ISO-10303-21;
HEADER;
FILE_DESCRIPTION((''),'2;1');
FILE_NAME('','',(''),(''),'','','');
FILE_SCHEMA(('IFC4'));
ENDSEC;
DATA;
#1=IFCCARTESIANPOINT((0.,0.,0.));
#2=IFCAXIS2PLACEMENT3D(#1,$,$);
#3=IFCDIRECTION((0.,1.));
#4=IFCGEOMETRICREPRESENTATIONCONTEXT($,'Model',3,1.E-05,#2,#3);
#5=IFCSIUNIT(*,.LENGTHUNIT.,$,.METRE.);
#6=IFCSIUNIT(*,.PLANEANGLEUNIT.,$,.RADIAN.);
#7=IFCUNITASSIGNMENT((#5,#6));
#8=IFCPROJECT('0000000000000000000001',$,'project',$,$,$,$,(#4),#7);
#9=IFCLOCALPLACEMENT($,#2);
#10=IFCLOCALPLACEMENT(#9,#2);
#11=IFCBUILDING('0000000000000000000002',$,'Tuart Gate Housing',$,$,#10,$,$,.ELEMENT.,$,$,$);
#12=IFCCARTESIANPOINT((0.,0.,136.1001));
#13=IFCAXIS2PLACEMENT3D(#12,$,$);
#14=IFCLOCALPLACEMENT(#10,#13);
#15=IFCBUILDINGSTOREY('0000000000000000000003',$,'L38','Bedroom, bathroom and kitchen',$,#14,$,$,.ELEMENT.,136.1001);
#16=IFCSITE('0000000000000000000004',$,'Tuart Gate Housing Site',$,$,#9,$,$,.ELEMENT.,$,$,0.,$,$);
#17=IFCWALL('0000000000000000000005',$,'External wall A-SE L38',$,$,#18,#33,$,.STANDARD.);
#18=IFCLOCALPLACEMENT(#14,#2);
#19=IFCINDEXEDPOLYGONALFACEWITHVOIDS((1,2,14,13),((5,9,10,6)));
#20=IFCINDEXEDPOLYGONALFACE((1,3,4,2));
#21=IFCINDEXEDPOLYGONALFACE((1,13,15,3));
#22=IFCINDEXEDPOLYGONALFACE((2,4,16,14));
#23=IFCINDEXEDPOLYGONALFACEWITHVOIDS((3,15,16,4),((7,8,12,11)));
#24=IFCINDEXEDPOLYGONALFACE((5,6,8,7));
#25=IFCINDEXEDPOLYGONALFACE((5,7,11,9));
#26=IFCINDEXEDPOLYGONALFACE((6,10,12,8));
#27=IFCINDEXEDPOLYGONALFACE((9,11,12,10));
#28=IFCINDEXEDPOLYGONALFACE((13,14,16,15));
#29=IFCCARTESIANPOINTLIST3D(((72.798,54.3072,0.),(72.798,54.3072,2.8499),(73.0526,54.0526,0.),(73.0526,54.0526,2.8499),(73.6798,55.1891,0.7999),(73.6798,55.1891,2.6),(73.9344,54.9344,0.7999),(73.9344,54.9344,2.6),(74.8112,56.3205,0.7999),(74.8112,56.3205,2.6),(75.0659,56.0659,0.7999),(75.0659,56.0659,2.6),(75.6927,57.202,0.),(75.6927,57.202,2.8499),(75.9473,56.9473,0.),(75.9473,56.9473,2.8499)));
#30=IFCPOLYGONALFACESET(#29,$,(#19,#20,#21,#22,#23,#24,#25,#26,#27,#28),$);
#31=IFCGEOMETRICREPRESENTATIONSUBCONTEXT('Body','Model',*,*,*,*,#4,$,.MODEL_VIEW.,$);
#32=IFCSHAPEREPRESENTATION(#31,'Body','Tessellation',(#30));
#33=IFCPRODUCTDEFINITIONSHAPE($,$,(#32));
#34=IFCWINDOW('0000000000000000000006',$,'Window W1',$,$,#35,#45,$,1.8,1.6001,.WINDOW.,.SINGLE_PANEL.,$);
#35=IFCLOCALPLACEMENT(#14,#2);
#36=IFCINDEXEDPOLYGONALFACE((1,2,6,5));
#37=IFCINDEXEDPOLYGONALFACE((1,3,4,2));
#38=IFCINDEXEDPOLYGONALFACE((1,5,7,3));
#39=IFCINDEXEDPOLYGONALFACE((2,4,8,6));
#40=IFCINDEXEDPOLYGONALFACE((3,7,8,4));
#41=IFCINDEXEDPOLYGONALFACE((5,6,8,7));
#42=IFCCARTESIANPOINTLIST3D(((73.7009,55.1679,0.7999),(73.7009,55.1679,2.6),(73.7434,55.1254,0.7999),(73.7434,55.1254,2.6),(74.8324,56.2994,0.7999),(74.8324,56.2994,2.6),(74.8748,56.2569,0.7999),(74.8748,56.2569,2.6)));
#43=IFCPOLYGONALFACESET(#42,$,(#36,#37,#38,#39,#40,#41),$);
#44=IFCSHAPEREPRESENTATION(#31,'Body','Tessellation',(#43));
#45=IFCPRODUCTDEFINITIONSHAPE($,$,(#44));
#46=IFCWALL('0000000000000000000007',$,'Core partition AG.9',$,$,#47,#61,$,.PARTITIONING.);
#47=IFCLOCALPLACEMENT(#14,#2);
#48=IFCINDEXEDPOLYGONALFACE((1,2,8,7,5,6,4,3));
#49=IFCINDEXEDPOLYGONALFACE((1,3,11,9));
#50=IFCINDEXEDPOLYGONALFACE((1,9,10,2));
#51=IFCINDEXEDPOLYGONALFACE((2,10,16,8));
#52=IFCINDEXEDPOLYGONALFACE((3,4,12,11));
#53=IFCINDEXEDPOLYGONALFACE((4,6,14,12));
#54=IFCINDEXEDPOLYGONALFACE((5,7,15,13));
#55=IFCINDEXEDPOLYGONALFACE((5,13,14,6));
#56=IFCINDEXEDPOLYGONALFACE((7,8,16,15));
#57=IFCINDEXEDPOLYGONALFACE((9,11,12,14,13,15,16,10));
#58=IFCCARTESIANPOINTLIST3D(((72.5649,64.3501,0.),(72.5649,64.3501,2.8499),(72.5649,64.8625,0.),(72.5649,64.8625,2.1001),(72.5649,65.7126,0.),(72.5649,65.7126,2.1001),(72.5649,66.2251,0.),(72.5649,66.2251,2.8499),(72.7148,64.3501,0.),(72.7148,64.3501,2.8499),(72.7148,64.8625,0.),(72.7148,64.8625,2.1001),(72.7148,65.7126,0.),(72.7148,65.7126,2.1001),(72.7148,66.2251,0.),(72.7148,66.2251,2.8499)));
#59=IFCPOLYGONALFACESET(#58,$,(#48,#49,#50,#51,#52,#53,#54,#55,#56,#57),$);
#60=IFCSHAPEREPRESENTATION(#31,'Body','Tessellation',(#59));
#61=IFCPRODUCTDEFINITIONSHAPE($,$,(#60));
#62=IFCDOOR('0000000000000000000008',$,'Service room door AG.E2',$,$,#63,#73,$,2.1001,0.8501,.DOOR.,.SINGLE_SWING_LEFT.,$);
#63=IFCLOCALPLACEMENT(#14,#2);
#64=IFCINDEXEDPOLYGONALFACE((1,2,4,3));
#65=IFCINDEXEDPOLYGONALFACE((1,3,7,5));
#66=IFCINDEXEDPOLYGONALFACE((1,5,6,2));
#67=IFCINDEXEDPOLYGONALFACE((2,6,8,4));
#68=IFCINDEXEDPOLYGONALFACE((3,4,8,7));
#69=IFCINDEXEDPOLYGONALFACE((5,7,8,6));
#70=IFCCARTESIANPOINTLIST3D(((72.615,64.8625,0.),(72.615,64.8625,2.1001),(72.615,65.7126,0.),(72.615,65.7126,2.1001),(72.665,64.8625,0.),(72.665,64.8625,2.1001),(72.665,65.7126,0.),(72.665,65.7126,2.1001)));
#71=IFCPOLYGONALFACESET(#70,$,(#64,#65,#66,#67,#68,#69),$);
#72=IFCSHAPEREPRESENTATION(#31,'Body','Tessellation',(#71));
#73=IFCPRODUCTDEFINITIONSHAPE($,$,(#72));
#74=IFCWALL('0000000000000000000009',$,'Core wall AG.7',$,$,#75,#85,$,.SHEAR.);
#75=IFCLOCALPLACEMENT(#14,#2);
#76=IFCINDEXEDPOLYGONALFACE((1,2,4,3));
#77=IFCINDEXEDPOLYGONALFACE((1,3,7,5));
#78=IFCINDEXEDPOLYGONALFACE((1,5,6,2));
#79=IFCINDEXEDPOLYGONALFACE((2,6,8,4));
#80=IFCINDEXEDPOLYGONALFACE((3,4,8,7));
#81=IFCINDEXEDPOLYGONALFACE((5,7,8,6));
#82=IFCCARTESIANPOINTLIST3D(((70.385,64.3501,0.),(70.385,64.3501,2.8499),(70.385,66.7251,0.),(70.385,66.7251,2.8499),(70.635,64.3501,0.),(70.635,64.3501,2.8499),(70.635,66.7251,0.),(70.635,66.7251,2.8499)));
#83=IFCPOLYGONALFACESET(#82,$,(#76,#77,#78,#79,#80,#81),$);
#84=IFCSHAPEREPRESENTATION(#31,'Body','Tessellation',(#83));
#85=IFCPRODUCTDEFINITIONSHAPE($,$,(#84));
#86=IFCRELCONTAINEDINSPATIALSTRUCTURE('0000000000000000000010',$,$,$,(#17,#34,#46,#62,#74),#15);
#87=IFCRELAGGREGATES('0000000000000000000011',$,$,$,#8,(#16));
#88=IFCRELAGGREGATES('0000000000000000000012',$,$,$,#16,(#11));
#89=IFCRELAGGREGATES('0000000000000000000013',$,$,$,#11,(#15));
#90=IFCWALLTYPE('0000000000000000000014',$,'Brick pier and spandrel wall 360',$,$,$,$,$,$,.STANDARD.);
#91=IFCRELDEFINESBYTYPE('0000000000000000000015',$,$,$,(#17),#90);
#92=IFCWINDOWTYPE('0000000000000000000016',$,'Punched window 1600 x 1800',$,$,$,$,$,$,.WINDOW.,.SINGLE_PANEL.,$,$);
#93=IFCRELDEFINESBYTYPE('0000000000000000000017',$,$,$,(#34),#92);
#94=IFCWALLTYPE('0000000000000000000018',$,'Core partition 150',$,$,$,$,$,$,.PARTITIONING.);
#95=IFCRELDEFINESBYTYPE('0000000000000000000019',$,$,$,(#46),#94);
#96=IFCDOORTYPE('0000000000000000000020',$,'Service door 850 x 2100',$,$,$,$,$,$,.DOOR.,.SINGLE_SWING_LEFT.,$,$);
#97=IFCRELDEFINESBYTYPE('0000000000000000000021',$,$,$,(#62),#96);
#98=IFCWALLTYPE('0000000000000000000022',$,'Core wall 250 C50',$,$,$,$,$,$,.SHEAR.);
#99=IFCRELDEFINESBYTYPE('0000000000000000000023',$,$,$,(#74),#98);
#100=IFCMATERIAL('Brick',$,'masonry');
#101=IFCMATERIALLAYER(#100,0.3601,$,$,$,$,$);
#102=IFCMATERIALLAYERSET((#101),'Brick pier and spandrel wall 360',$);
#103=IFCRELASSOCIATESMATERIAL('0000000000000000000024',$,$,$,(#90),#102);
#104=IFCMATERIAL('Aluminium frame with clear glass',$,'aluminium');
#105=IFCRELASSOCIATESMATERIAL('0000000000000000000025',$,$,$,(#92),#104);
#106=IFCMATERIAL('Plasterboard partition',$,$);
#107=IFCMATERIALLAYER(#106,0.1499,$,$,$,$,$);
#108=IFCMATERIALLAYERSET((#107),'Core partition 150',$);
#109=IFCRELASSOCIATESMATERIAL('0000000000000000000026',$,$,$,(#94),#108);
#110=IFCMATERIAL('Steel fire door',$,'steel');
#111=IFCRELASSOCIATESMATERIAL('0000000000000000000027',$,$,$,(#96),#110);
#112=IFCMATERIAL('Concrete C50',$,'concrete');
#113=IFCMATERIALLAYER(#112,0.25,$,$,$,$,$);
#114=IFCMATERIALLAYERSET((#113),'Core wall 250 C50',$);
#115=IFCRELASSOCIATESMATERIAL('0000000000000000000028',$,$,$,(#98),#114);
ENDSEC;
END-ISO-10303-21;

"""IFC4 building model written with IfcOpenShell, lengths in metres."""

from ifc_helpers import new_model, si_unit, direction, frame, frame_2d, origin, place, context, subcontext, project, spatial, rectangle, extrude, material, layer, layer_set, type_object, element, fill, save


model = new_model("IFC4")

# Units and contexts
model_context = context("Model", 3, precision=1e-05, world=origin(), true_north=direction((0.0, 1.0)))
body_context = subcontext(model_context, "Body", "Model", "MODEL_VIEW")
ifc_project = project(units=[si_unit("LENGTHUNIT", "METRE"), si_unit("PLANEANGLEUNIT", "RADIAN")], contexts=[model_context])

# Site, building, storey
site_placement = place(None, origin())
site = spatial("IfcSite", under=ifc_project, at=site_placement, Name="Tuart Gate Housing Site", CompositionType="ELEMENT", RefElevation=0.0)
building_placement = place(site_placement, origin())
building = spatial("IfcBuilding", under=site, at=building_placement, Name="Tuart Gate Housing", CompositionType="ELEMENT")
storey_placement = place(building_placement, frame((0.0, 0.0, 136.1001)))
storey = spatial("IfcBuildingStorey", under=building, at=storey_placement, Name="L38", Description="Bedroom, bathroom and kitchen", CompositionType="ELEMENT", Elevation=136.1001)

# Wall, opening, window
ifc_material_1 = material(Name="Brick", Category="masonry")
ifc_layer_1 = layer(ifc_material_1, 0.3601)
ifc_layer_set_1 = layer_set([ifc_layer_1], Name="Brick pier and spandrel wall 360")
wall_type_1 = type_object("IfcWallType", Name="Brick pier and spandrel wall 360", PredefinedType="STANDARD", material=ifc_layer_set_1)
wall_1_placement = place(storey_placement, frame((72.9253, 54.1799, 0.0), z_axis=(0.0, 0.0, 1.0), x_axis=(0.707107, 0.707107, 0.0)))
wall_1 = element("IfcWall", 1, at=wall_1_placement, inside=storey, type_object=wall_type_1, Name="External wall A-SE L38", PredefinedType="STANDARD", context=body_context, shape_type="SweptSolid", body=[
    extrude(rectangle(XDim=4.0938, YDim=0.3601, at=frame_2d((2.0469, 0.0))), origin(), (0.0, 0.0, 1.0), 2.8499),
])
opening_1_placement = place(wall_1_placement, frame((1.2471, 0.0, 0.8)))
opening_1 = element("IfcOpeningElement", 2, at=opening_1_placement, cuts=wall_1, PredefinedType="OPENING", context=body_context, shape_type="SweptSolid", body=[
    extrude(rectangle(XDim=1.6001, YDim=1.8, at=frame_2d((0.8, 0.8999))), frame((0.0, 0.1899, 0.0), z_axis=(0.0, -1.0, 0.0), x_axis=(1.0, 0.0, 0.0)), (0.0, 0.0, 1.0), 0.3801),
])
ifc_material_2 = material(Name="Aluminium frame with clear glass", Category="aluminium")
window_type = type_object("IfcWindowType", Name="Punched window 1600 x 1800", PartitioningType="SINGLE_PANEL", PredefinedType="WINDOW", material=ifc_material_2)
window_placement = place(opening_1_placement, origin())
window = element("IfcWindow", 3, at=window_placement, inside=storey, type_object=window_type, Name="Window W1", OverallHeight=1.8, OverallWidth=1.6001, PartitioningType="SINGLE_PANEL", PredefinedType="WINDOW", context=body_context, shape_type="SweptSolid", body=[
    extrude(rectangle(XDim=1.6001, YDim=1.8, at=frame_2d((0.8, 0.8999))), frame((0.0, 0.1501, 0.0), z_axis=(0.0, -1.0, 0.0), x_axis=(1.0, 0.0, 0.0)), (0.0, 0.0, 1.0), 0.0601),
])
fill(opening_1, window)

# Wall, opening, door
ifc_material_3 = material(Name="Plasterboard partition")
ifc_layer_2 = layer(ifc_material_3, 0.1499)
ifc_layer_set_2 = layer_set([ifc_layer_2], Name="Core partition 150")
wall_type_2 = type_object("IfcWallType", Name="Core partition 150", PredefinedType="PARTITIONING", material=ifc_layer_set_2)
wall_2_placement = place(storey_placement, frame((72.6399, 64.3501, 0.0), z_axis=(0.0, 0.0, 1.0), x_axis=(0.0, 1.0, 0.0)))
wall_2 = element("IfcWall", 4, at=wall_2_placement, inside=storey, type_object=wall_type_2, Name="Core partition AG.9", PredefinedType="PARTITIONING", context=body_context, shape_type="SweptSolid", body=[
    extrude(rectangle(XDim=1.875, YDim=0.1499, at=frame_2d((0.9375, 0.0))), origin(), (0.0, 0.0, 1.0), 2.8499),
])
opening_2_placement = place(wall_2_placement, frame((0.5125, 0.0, 0.0)))
opening_2 = element("IfcOpeningElement", 5, at=opening_2_placement, cuts=wall_2, PredefinedType="OPENING", context=body_context, shape_type="SweptSolid", body=[
    extrude(rectangle(XDim=0.8501, YDim=2.1001, at=frame_2d((0.425, 1.05))), frame((0.0, 0.085, 0.0), z_axis=(0.0, -1.0, 0.0), x_axis=(1.0, 0.0, 0.0)), (0.0, 0.0, 1.0), 0.1699),
])
ifc_material_4 = material(Name="Steel fire door", Category="steel")
door_type = type_object("IfcDoorType", Name="Service door 850 x 2100", OperationType="SINGLE_SWING_LEFT", PredefinedType="DOOR", material=ifc_material_4)
door_placement = place(opening_2_placement, origin())
door = element("IfcDoor", 6, at=door_placement, inside=storey, type_object=door_type, Name="Service room door AG.E2", OperationType="SINGLE_SWING_LEFT", OverallHeight=2.1001, OverallWidth=0.8501, PredefinedType="DOOR", context=body_context, shape_type="SweptSolid", body=[
    extrude(rectangle(XDim=0.8501, YDim=2.1001, at=frame_2d((0.425, 1.05))), frame((0.0, 0.0249, 0.0), z_axis=(0.0, -1.0, 0.0), x_axis=(1.0, 0.0, 0.0)), (0.0, 0.0, 1.0), 0.05),
])
fill(opening_2, door)

# Wall
ifc_material_5 = material(Name="Concrete C50", Category="concrete")
ifc_layer_3 = layer(ifc_material_5, 0.25)
ifc_layer_set_3 = layer_set([ifc_layer_3], Name="Core wall 250 C50")
wall_type_3 = type_object("IfcWallType", Name="Core wall 250 C50", PredefinedType="SHEAR", material=ifc_layer_set_3)
wall_3_placement = place(storey_placement, frame((70.51, 64.3501, 0.0), z_axis=(0.0, 0.0, 1.0), x_axis=(0.0, 1.0, 0.0)))
element("IfcWall", 7, at=wall_3_placement, inside=storey, type_object=wall_type_3, Name="Core wall AG.7", PredefinedType="SHEAR", context=body_context, shape_type="SweptSolid", body=[
    extrude(rectangle(XDim=2.375, YDim=0.25, at=frame_2d((1.1875, 0.0))), origin(), (0.0, 0.0, 1.0), 2.8499),
])

save(model, "model.ifc")
